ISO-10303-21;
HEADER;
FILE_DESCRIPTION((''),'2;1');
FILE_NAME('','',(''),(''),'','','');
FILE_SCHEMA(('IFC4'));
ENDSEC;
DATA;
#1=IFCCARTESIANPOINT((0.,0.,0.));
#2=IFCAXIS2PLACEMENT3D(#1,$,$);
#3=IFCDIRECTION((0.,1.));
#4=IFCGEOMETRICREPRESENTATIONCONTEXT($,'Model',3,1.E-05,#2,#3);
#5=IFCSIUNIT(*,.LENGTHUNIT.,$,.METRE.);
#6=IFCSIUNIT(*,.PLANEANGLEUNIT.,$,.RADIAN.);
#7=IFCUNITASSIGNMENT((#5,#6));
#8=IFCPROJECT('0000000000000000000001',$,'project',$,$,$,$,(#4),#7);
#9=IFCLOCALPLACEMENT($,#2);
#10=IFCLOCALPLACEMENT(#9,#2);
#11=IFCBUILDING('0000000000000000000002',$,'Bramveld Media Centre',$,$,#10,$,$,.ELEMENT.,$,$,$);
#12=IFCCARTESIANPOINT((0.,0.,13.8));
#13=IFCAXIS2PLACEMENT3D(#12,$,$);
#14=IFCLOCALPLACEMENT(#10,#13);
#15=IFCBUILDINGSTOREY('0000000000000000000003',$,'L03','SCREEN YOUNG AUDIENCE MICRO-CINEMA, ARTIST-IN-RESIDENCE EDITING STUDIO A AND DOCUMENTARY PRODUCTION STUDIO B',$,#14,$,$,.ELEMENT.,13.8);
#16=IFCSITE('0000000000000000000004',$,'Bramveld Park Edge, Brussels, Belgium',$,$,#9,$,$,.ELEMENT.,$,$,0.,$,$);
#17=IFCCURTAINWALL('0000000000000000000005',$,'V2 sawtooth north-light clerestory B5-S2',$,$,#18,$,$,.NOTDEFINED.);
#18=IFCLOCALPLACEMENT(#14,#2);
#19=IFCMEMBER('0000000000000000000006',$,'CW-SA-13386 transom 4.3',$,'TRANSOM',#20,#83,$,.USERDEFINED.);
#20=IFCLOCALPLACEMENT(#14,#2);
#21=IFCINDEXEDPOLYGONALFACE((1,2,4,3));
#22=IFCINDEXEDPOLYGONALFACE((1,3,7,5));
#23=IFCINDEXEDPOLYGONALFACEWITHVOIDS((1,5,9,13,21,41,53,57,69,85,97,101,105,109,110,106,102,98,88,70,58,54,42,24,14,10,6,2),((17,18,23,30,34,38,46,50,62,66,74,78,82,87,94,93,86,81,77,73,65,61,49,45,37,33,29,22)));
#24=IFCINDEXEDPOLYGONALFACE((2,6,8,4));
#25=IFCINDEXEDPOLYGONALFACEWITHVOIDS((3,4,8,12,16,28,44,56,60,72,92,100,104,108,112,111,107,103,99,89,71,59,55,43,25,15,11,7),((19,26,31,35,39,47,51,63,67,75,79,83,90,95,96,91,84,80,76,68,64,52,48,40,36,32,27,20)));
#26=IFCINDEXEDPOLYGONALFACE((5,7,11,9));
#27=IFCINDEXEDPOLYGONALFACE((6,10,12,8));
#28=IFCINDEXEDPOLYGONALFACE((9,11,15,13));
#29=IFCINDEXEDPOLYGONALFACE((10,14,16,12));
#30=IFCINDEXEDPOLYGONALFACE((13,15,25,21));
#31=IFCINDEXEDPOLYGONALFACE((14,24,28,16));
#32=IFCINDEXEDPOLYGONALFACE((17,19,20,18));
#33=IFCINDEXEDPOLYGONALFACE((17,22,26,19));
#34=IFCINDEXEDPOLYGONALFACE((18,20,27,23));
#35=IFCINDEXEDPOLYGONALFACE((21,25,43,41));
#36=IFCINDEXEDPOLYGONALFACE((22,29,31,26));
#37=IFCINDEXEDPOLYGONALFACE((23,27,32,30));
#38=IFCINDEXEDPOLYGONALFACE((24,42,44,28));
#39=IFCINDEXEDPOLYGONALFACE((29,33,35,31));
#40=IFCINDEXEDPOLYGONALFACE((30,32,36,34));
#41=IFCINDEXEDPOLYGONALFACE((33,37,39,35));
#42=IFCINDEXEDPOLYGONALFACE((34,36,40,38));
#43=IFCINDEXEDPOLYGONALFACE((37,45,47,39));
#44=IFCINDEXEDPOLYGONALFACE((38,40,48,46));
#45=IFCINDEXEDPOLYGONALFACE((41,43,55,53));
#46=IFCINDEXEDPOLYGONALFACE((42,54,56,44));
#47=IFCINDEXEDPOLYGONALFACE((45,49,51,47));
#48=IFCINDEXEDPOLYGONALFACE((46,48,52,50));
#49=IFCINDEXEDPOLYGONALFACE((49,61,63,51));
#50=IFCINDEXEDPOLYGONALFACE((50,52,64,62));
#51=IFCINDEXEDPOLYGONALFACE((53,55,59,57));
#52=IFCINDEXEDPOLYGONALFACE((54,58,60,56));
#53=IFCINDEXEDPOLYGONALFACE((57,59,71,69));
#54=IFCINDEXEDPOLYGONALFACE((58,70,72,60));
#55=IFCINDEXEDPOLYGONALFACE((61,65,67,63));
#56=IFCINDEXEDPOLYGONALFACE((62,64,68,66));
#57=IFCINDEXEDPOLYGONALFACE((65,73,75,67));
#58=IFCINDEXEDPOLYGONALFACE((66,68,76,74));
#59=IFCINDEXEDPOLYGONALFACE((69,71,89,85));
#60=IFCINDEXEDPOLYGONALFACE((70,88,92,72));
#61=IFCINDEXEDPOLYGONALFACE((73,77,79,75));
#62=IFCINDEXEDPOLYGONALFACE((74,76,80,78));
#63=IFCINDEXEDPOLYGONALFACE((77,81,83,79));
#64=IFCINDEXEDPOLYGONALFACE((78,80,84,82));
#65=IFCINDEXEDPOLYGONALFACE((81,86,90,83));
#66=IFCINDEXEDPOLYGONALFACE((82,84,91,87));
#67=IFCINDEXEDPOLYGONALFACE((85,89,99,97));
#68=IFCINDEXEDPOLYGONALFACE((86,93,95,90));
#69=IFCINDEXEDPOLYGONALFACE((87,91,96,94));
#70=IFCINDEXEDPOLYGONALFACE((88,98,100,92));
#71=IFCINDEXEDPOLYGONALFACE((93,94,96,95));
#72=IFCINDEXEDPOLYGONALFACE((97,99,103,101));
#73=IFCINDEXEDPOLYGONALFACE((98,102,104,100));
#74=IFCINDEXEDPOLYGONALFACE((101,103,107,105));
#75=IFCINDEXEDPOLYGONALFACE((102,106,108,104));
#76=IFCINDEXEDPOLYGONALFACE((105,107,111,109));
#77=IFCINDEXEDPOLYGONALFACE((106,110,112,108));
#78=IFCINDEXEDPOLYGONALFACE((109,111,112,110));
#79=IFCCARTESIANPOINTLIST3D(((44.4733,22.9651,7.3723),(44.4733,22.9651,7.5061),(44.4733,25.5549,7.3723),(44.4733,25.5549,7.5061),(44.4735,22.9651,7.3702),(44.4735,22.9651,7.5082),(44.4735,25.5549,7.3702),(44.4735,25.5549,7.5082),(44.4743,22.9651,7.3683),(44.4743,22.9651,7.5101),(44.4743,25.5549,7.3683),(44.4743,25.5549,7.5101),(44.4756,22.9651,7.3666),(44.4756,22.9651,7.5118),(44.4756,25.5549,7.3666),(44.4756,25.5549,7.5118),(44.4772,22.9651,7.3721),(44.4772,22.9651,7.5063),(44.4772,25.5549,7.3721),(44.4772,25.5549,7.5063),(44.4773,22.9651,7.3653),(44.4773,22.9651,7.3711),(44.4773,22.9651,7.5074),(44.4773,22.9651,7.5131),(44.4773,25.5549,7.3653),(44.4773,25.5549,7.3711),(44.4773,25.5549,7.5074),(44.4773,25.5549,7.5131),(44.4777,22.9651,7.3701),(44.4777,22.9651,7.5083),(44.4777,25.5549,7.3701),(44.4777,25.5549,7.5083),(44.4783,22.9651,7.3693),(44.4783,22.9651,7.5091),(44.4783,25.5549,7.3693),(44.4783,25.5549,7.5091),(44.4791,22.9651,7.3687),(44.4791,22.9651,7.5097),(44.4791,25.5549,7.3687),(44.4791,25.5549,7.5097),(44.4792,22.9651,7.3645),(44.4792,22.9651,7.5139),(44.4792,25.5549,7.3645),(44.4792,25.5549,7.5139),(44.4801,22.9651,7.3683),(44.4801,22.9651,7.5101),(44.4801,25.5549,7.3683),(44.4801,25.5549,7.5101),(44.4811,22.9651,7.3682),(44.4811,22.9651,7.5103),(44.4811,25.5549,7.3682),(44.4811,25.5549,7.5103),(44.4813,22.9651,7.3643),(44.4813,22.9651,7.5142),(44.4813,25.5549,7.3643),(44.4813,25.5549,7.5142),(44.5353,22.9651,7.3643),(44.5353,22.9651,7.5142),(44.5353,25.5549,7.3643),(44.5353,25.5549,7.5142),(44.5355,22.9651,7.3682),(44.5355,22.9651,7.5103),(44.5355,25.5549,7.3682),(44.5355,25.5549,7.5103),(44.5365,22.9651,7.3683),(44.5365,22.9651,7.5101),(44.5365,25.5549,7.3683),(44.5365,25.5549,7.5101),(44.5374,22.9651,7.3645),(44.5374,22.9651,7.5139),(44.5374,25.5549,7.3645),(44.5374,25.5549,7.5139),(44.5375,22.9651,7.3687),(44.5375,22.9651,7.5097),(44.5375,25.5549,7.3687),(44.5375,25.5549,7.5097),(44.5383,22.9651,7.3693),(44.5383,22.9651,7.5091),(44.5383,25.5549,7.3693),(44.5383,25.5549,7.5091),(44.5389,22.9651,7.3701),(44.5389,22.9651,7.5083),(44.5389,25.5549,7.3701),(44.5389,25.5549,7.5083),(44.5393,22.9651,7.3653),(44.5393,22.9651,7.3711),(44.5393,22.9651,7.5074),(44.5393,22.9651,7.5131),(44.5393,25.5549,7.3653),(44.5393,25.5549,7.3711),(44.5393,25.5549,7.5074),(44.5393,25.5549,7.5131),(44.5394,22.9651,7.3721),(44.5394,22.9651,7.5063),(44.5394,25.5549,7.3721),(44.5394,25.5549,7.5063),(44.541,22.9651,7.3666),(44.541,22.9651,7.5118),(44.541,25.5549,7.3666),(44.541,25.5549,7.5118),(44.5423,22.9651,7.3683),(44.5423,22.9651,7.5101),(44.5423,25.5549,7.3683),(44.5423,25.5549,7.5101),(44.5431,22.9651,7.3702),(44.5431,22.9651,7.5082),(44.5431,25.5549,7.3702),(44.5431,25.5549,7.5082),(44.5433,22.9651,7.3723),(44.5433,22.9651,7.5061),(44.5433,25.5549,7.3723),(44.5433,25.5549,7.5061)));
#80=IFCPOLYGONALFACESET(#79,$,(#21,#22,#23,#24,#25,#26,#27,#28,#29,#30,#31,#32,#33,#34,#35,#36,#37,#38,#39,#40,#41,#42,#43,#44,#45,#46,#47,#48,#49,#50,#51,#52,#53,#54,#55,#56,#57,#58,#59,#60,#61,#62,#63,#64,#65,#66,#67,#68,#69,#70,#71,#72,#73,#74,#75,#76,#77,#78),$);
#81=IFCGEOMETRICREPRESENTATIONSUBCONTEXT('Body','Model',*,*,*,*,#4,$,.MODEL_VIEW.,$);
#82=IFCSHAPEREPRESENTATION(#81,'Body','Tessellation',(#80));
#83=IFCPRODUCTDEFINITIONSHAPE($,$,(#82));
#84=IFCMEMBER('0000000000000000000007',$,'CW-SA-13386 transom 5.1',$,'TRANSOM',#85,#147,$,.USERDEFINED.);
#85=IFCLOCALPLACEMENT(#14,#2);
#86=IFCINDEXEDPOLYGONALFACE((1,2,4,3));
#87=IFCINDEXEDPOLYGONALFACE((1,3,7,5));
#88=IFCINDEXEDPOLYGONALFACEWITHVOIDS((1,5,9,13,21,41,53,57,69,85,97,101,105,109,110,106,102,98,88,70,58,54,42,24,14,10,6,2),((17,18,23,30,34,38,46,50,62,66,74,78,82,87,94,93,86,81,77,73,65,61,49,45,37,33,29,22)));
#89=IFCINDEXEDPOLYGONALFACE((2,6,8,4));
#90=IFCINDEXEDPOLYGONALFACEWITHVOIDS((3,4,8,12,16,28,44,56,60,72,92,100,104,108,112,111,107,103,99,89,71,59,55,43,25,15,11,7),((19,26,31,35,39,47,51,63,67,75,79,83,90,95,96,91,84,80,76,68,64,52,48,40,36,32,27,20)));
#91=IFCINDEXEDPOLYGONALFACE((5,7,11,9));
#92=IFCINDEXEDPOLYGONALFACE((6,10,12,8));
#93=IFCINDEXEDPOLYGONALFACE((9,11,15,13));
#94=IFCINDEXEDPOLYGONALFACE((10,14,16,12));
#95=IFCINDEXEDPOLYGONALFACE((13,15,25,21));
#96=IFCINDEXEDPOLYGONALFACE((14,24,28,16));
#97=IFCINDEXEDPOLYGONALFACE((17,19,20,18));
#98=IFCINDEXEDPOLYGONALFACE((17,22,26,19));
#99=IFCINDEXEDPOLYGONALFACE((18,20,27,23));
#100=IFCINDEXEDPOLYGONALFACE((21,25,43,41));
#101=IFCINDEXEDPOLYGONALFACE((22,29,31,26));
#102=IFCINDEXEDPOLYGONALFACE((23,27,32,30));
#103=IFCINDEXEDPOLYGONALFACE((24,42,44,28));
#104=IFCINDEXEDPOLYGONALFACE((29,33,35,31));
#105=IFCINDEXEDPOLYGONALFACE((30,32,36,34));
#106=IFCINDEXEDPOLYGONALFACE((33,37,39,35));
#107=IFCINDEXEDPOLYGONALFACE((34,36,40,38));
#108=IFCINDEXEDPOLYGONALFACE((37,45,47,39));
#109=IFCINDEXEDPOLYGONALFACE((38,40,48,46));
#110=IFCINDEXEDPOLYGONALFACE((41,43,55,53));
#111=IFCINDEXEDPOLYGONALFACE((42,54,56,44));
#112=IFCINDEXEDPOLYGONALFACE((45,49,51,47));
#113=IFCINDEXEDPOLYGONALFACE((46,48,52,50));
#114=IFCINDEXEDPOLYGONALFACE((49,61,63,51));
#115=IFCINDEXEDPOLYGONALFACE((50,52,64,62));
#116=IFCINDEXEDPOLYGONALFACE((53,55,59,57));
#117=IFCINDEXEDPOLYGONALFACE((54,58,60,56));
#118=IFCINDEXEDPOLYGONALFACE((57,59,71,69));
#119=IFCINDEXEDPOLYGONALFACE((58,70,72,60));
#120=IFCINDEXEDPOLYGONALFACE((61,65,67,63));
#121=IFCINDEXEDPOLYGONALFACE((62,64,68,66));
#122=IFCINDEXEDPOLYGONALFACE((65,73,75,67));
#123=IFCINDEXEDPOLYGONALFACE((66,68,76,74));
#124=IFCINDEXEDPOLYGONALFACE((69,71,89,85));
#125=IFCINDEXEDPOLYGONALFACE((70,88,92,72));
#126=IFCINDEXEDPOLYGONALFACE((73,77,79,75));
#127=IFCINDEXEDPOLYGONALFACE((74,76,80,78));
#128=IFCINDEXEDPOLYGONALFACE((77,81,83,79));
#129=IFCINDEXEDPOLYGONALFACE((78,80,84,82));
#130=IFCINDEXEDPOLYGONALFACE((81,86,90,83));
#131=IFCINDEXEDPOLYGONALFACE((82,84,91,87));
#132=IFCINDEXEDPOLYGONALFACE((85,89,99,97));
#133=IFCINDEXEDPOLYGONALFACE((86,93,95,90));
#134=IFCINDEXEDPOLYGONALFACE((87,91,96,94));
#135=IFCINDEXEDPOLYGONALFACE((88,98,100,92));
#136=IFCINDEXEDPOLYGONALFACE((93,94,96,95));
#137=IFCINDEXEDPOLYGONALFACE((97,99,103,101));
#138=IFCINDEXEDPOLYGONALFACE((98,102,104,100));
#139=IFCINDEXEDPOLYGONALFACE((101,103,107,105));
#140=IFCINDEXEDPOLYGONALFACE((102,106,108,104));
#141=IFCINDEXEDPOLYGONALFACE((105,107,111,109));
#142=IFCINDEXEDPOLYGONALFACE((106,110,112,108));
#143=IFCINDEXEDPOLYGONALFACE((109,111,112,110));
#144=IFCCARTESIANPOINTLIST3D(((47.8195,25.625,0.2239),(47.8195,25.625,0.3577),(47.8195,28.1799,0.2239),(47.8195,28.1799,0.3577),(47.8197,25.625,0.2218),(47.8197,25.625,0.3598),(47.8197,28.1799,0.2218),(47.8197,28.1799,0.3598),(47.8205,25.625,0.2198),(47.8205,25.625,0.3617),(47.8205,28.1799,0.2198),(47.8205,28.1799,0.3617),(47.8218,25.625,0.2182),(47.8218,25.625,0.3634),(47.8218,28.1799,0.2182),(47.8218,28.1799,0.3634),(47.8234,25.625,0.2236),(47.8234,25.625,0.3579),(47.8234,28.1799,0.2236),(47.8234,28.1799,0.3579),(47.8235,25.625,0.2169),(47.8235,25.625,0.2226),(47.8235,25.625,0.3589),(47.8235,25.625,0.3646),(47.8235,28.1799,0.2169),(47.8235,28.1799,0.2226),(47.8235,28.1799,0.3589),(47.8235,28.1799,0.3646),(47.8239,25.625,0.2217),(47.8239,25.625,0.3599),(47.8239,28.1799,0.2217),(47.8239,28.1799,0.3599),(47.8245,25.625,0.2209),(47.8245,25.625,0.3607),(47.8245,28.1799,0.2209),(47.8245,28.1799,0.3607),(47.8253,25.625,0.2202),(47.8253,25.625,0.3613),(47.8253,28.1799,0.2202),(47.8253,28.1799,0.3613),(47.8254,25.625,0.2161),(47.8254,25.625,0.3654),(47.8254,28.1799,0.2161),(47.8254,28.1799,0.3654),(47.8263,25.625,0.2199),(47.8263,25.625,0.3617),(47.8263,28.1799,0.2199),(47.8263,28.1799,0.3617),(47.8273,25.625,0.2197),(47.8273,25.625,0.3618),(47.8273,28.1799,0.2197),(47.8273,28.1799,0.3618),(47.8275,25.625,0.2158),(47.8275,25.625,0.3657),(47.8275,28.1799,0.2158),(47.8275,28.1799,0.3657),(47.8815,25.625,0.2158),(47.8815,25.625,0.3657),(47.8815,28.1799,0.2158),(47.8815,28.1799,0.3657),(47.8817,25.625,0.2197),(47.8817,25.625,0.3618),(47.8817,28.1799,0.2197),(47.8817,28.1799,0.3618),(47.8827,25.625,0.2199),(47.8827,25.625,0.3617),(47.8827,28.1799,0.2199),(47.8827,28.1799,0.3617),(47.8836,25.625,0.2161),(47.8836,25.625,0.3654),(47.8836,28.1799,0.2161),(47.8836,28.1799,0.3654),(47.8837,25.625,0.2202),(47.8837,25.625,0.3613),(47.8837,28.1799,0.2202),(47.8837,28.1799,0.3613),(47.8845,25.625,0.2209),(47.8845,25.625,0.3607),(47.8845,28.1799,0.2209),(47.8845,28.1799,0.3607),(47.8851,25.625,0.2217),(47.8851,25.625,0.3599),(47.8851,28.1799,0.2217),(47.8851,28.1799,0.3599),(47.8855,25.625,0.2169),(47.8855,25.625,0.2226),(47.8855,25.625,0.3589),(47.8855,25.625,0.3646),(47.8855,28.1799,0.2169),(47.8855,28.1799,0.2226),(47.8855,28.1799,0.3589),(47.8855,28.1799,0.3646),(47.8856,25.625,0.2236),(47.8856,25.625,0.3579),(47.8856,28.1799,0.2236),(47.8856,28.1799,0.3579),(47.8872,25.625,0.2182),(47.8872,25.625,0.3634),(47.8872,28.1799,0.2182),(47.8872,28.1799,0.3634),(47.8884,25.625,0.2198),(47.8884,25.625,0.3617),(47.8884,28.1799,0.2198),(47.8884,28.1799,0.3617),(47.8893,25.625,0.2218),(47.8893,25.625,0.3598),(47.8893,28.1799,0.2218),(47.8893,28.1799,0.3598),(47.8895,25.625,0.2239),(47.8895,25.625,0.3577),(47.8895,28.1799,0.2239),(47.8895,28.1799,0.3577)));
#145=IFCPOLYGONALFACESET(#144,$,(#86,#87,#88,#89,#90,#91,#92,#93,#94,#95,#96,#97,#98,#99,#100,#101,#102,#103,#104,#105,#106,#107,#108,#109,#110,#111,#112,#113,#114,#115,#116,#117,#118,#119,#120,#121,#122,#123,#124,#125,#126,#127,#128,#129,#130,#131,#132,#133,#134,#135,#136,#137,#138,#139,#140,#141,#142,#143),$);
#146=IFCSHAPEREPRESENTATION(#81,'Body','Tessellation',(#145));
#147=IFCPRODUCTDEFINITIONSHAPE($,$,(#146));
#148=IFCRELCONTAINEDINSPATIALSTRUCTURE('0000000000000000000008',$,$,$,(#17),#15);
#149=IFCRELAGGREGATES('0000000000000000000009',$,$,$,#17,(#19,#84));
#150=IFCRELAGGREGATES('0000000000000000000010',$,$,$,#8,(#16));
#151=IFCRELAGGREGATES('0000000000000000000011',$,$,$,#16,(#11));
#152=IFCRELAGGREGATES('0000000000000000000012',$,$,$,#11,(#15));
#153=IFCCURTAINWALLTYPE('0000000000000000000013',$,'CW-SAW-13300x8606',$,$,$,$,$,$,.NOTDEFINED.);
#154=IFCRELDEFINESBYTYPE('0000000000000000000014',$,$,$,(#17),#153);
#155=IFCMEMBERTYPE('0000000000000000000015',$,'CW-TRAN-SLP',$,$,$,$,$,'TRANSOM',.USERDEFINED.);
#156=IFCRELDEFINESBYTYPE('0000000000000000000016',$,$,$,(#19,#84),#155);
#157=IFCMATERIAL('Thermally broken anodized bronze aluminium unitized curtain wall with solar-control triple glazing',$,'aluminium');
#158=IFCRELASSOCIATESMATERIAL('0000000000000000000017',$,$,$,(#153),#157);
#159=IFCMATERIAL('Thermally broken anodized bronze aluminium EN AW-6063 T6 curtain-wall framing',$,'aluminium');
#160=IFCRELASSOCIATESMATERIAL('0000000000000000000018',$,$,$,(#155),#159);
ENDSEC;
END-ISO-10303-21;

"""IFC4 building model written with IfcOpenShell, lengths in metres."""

from ifc_helpers import new_model, si_unit, direction, frame, origin, origin_2d, place, context, subcontext, project, spatial, hollow_rectangle, extrude, material, material_profile, profile_set, type_object, element, aggregate, save


model = new_model("IFC4")

# Units and contexts
model_context = context("Model", 3, precision=1e-05, world=origin(), true_north=direction((0.0, 1.0)))
body_context = subcontext(model_context, "Body", "Model", "MODEL_VIEW")
ifc_project = project(units=[si_unit("LENGTHUNIT", "METRE"), si_unit("PLANEANGLEUNIT", "RADIAN")], contexts=[model_context])

# Site, building, storey
site_placement = place(None, origin())
site = spatial("IfcSite", under=ifc_project, at=site_placement, Name="Bramveld Park Edge, Brussels, Belgium", CompositionType="ELEMENT", RefElevation=0.0)
building_placement = place(site_placement, origin())
building = spatial("IfcBuilding", under=site, at=building_placement, Name="Bramveld Media Centre", CompositionType="ELEMENT")
storey_placement = place(building_placement, frame((0.0, 0.0, 13.8)))
storey = spatial("IfcBuildingStorey", under=building, at=storey_placement, Name="L03", Description="SCREEN YOUNG AUDIENCE MICRO-CINEMA, ARTIST-IN-RESIDENCE EDITING STUDIO A AND DOCUMENTARY PRODUCTION STUDIO B", CompositionType="ELEMENT", Elevation=13.8)

# Curtain wall
ifc_material_1 = material(Name="Thermally broken anodized bronze aluminium unitized curtain wall with solar-control triple glazing", Category="aluminium")
curtain_wall_type = type_object("IfcCurtainWallType", Name="CW-SAW-13300x8606", PredefinedType="NOTDEFINED", material=ifc_material_1)
curtain_wall_1_placement = place(storey_placement, origin())
curtain_wall_1 = element("IfcCurtainWall", 1, at=curtain_wall_1_placement, inside=storey, type_object=curtain_wall_type, Name="V2 sawtooth north-light clerestory B5-S2", PredefinedType="NOTDEFINED")

# Members
ifc_material_2 = material(Name="Thermally broken anodized bronze aluminium EN AW-6063 T6 curtain-wall framing", Category="aluminium")
ifc_material_profile_1 = material_profile(ifc_material_2, hollow_rectangle(XDim=0.0701, YDim=0.1499, WallThickness=0.0039, InnerFilletRadius=0.0039, OuterFilletRadius=0.0081, at=origin_2d()), Name="AL-TRAN 70x150")
ifc_profile_set_1 = profile_set([ifc_material_profile_1], Name="Thermally broken anodized bronze aluminium EN AW-6063 T6 curtain-wall framing")
member_type_1 = type_object("IfcMemberType", Name="CW-TRAN-SLP", ElementType="TRANSOM", PredefinedType="USERDEFINED", material=ifc_profile_set_1)
member_1_placement = place(storey_placement, frame((44.5083, 22.9651, 7.4392), z_axis=(0.0, 1.0, 0.0), x_axis=(-1.0, 0.0, 0.0)))
member_1 = element("IfcMember", 2, at=member_1_placement, type_object=member_type_1, Name="CW-SA-13386 transom 4.3", ObjectType="TRANSOM", PredefinedType="USERDEFINED", context=body_context, shape_type="SweptSolid", body=[
    extrude(hollow_rectangle(XDim=0.0701, YDim=0.1499, WallThickness=0.0039, InnerFilletRadius=0.0039, OuterFilletRadius=0.0081, at=origin_2d()), origin(), (0.0, 0.0, 1.0), 2.5898),
])
member_2_placement = place(storey_placement, frame((47.8545, 25.625, 0.2908), z_axis=(0.0, 1.0, 0.0), x_axis=(-1.0, 0.0, 0.0)))
member_2 = element("IfcMember", 3, at=member_2_placement, type_object=member_type_1, Name="CW-SA-13386 transom 5.1", ObjectType="TRANSOM", PredefinedType="USERDEFINED", context=body_context, shape_type="SweptSolid", body=[
    extrude(hollow_rectangle(XDim=0.0701, YDim=0.1499, WallThickness=0.0039, InnerFilletRadius=0.0039, OuterFilletRadius=0.0081, at=origin_2d()), origin(), (0.0, 0.0, 1.0), 2.5549),
])

aggregate(curtain_wall_1, [member_1, member_2])

save(model, "model.ifc")
